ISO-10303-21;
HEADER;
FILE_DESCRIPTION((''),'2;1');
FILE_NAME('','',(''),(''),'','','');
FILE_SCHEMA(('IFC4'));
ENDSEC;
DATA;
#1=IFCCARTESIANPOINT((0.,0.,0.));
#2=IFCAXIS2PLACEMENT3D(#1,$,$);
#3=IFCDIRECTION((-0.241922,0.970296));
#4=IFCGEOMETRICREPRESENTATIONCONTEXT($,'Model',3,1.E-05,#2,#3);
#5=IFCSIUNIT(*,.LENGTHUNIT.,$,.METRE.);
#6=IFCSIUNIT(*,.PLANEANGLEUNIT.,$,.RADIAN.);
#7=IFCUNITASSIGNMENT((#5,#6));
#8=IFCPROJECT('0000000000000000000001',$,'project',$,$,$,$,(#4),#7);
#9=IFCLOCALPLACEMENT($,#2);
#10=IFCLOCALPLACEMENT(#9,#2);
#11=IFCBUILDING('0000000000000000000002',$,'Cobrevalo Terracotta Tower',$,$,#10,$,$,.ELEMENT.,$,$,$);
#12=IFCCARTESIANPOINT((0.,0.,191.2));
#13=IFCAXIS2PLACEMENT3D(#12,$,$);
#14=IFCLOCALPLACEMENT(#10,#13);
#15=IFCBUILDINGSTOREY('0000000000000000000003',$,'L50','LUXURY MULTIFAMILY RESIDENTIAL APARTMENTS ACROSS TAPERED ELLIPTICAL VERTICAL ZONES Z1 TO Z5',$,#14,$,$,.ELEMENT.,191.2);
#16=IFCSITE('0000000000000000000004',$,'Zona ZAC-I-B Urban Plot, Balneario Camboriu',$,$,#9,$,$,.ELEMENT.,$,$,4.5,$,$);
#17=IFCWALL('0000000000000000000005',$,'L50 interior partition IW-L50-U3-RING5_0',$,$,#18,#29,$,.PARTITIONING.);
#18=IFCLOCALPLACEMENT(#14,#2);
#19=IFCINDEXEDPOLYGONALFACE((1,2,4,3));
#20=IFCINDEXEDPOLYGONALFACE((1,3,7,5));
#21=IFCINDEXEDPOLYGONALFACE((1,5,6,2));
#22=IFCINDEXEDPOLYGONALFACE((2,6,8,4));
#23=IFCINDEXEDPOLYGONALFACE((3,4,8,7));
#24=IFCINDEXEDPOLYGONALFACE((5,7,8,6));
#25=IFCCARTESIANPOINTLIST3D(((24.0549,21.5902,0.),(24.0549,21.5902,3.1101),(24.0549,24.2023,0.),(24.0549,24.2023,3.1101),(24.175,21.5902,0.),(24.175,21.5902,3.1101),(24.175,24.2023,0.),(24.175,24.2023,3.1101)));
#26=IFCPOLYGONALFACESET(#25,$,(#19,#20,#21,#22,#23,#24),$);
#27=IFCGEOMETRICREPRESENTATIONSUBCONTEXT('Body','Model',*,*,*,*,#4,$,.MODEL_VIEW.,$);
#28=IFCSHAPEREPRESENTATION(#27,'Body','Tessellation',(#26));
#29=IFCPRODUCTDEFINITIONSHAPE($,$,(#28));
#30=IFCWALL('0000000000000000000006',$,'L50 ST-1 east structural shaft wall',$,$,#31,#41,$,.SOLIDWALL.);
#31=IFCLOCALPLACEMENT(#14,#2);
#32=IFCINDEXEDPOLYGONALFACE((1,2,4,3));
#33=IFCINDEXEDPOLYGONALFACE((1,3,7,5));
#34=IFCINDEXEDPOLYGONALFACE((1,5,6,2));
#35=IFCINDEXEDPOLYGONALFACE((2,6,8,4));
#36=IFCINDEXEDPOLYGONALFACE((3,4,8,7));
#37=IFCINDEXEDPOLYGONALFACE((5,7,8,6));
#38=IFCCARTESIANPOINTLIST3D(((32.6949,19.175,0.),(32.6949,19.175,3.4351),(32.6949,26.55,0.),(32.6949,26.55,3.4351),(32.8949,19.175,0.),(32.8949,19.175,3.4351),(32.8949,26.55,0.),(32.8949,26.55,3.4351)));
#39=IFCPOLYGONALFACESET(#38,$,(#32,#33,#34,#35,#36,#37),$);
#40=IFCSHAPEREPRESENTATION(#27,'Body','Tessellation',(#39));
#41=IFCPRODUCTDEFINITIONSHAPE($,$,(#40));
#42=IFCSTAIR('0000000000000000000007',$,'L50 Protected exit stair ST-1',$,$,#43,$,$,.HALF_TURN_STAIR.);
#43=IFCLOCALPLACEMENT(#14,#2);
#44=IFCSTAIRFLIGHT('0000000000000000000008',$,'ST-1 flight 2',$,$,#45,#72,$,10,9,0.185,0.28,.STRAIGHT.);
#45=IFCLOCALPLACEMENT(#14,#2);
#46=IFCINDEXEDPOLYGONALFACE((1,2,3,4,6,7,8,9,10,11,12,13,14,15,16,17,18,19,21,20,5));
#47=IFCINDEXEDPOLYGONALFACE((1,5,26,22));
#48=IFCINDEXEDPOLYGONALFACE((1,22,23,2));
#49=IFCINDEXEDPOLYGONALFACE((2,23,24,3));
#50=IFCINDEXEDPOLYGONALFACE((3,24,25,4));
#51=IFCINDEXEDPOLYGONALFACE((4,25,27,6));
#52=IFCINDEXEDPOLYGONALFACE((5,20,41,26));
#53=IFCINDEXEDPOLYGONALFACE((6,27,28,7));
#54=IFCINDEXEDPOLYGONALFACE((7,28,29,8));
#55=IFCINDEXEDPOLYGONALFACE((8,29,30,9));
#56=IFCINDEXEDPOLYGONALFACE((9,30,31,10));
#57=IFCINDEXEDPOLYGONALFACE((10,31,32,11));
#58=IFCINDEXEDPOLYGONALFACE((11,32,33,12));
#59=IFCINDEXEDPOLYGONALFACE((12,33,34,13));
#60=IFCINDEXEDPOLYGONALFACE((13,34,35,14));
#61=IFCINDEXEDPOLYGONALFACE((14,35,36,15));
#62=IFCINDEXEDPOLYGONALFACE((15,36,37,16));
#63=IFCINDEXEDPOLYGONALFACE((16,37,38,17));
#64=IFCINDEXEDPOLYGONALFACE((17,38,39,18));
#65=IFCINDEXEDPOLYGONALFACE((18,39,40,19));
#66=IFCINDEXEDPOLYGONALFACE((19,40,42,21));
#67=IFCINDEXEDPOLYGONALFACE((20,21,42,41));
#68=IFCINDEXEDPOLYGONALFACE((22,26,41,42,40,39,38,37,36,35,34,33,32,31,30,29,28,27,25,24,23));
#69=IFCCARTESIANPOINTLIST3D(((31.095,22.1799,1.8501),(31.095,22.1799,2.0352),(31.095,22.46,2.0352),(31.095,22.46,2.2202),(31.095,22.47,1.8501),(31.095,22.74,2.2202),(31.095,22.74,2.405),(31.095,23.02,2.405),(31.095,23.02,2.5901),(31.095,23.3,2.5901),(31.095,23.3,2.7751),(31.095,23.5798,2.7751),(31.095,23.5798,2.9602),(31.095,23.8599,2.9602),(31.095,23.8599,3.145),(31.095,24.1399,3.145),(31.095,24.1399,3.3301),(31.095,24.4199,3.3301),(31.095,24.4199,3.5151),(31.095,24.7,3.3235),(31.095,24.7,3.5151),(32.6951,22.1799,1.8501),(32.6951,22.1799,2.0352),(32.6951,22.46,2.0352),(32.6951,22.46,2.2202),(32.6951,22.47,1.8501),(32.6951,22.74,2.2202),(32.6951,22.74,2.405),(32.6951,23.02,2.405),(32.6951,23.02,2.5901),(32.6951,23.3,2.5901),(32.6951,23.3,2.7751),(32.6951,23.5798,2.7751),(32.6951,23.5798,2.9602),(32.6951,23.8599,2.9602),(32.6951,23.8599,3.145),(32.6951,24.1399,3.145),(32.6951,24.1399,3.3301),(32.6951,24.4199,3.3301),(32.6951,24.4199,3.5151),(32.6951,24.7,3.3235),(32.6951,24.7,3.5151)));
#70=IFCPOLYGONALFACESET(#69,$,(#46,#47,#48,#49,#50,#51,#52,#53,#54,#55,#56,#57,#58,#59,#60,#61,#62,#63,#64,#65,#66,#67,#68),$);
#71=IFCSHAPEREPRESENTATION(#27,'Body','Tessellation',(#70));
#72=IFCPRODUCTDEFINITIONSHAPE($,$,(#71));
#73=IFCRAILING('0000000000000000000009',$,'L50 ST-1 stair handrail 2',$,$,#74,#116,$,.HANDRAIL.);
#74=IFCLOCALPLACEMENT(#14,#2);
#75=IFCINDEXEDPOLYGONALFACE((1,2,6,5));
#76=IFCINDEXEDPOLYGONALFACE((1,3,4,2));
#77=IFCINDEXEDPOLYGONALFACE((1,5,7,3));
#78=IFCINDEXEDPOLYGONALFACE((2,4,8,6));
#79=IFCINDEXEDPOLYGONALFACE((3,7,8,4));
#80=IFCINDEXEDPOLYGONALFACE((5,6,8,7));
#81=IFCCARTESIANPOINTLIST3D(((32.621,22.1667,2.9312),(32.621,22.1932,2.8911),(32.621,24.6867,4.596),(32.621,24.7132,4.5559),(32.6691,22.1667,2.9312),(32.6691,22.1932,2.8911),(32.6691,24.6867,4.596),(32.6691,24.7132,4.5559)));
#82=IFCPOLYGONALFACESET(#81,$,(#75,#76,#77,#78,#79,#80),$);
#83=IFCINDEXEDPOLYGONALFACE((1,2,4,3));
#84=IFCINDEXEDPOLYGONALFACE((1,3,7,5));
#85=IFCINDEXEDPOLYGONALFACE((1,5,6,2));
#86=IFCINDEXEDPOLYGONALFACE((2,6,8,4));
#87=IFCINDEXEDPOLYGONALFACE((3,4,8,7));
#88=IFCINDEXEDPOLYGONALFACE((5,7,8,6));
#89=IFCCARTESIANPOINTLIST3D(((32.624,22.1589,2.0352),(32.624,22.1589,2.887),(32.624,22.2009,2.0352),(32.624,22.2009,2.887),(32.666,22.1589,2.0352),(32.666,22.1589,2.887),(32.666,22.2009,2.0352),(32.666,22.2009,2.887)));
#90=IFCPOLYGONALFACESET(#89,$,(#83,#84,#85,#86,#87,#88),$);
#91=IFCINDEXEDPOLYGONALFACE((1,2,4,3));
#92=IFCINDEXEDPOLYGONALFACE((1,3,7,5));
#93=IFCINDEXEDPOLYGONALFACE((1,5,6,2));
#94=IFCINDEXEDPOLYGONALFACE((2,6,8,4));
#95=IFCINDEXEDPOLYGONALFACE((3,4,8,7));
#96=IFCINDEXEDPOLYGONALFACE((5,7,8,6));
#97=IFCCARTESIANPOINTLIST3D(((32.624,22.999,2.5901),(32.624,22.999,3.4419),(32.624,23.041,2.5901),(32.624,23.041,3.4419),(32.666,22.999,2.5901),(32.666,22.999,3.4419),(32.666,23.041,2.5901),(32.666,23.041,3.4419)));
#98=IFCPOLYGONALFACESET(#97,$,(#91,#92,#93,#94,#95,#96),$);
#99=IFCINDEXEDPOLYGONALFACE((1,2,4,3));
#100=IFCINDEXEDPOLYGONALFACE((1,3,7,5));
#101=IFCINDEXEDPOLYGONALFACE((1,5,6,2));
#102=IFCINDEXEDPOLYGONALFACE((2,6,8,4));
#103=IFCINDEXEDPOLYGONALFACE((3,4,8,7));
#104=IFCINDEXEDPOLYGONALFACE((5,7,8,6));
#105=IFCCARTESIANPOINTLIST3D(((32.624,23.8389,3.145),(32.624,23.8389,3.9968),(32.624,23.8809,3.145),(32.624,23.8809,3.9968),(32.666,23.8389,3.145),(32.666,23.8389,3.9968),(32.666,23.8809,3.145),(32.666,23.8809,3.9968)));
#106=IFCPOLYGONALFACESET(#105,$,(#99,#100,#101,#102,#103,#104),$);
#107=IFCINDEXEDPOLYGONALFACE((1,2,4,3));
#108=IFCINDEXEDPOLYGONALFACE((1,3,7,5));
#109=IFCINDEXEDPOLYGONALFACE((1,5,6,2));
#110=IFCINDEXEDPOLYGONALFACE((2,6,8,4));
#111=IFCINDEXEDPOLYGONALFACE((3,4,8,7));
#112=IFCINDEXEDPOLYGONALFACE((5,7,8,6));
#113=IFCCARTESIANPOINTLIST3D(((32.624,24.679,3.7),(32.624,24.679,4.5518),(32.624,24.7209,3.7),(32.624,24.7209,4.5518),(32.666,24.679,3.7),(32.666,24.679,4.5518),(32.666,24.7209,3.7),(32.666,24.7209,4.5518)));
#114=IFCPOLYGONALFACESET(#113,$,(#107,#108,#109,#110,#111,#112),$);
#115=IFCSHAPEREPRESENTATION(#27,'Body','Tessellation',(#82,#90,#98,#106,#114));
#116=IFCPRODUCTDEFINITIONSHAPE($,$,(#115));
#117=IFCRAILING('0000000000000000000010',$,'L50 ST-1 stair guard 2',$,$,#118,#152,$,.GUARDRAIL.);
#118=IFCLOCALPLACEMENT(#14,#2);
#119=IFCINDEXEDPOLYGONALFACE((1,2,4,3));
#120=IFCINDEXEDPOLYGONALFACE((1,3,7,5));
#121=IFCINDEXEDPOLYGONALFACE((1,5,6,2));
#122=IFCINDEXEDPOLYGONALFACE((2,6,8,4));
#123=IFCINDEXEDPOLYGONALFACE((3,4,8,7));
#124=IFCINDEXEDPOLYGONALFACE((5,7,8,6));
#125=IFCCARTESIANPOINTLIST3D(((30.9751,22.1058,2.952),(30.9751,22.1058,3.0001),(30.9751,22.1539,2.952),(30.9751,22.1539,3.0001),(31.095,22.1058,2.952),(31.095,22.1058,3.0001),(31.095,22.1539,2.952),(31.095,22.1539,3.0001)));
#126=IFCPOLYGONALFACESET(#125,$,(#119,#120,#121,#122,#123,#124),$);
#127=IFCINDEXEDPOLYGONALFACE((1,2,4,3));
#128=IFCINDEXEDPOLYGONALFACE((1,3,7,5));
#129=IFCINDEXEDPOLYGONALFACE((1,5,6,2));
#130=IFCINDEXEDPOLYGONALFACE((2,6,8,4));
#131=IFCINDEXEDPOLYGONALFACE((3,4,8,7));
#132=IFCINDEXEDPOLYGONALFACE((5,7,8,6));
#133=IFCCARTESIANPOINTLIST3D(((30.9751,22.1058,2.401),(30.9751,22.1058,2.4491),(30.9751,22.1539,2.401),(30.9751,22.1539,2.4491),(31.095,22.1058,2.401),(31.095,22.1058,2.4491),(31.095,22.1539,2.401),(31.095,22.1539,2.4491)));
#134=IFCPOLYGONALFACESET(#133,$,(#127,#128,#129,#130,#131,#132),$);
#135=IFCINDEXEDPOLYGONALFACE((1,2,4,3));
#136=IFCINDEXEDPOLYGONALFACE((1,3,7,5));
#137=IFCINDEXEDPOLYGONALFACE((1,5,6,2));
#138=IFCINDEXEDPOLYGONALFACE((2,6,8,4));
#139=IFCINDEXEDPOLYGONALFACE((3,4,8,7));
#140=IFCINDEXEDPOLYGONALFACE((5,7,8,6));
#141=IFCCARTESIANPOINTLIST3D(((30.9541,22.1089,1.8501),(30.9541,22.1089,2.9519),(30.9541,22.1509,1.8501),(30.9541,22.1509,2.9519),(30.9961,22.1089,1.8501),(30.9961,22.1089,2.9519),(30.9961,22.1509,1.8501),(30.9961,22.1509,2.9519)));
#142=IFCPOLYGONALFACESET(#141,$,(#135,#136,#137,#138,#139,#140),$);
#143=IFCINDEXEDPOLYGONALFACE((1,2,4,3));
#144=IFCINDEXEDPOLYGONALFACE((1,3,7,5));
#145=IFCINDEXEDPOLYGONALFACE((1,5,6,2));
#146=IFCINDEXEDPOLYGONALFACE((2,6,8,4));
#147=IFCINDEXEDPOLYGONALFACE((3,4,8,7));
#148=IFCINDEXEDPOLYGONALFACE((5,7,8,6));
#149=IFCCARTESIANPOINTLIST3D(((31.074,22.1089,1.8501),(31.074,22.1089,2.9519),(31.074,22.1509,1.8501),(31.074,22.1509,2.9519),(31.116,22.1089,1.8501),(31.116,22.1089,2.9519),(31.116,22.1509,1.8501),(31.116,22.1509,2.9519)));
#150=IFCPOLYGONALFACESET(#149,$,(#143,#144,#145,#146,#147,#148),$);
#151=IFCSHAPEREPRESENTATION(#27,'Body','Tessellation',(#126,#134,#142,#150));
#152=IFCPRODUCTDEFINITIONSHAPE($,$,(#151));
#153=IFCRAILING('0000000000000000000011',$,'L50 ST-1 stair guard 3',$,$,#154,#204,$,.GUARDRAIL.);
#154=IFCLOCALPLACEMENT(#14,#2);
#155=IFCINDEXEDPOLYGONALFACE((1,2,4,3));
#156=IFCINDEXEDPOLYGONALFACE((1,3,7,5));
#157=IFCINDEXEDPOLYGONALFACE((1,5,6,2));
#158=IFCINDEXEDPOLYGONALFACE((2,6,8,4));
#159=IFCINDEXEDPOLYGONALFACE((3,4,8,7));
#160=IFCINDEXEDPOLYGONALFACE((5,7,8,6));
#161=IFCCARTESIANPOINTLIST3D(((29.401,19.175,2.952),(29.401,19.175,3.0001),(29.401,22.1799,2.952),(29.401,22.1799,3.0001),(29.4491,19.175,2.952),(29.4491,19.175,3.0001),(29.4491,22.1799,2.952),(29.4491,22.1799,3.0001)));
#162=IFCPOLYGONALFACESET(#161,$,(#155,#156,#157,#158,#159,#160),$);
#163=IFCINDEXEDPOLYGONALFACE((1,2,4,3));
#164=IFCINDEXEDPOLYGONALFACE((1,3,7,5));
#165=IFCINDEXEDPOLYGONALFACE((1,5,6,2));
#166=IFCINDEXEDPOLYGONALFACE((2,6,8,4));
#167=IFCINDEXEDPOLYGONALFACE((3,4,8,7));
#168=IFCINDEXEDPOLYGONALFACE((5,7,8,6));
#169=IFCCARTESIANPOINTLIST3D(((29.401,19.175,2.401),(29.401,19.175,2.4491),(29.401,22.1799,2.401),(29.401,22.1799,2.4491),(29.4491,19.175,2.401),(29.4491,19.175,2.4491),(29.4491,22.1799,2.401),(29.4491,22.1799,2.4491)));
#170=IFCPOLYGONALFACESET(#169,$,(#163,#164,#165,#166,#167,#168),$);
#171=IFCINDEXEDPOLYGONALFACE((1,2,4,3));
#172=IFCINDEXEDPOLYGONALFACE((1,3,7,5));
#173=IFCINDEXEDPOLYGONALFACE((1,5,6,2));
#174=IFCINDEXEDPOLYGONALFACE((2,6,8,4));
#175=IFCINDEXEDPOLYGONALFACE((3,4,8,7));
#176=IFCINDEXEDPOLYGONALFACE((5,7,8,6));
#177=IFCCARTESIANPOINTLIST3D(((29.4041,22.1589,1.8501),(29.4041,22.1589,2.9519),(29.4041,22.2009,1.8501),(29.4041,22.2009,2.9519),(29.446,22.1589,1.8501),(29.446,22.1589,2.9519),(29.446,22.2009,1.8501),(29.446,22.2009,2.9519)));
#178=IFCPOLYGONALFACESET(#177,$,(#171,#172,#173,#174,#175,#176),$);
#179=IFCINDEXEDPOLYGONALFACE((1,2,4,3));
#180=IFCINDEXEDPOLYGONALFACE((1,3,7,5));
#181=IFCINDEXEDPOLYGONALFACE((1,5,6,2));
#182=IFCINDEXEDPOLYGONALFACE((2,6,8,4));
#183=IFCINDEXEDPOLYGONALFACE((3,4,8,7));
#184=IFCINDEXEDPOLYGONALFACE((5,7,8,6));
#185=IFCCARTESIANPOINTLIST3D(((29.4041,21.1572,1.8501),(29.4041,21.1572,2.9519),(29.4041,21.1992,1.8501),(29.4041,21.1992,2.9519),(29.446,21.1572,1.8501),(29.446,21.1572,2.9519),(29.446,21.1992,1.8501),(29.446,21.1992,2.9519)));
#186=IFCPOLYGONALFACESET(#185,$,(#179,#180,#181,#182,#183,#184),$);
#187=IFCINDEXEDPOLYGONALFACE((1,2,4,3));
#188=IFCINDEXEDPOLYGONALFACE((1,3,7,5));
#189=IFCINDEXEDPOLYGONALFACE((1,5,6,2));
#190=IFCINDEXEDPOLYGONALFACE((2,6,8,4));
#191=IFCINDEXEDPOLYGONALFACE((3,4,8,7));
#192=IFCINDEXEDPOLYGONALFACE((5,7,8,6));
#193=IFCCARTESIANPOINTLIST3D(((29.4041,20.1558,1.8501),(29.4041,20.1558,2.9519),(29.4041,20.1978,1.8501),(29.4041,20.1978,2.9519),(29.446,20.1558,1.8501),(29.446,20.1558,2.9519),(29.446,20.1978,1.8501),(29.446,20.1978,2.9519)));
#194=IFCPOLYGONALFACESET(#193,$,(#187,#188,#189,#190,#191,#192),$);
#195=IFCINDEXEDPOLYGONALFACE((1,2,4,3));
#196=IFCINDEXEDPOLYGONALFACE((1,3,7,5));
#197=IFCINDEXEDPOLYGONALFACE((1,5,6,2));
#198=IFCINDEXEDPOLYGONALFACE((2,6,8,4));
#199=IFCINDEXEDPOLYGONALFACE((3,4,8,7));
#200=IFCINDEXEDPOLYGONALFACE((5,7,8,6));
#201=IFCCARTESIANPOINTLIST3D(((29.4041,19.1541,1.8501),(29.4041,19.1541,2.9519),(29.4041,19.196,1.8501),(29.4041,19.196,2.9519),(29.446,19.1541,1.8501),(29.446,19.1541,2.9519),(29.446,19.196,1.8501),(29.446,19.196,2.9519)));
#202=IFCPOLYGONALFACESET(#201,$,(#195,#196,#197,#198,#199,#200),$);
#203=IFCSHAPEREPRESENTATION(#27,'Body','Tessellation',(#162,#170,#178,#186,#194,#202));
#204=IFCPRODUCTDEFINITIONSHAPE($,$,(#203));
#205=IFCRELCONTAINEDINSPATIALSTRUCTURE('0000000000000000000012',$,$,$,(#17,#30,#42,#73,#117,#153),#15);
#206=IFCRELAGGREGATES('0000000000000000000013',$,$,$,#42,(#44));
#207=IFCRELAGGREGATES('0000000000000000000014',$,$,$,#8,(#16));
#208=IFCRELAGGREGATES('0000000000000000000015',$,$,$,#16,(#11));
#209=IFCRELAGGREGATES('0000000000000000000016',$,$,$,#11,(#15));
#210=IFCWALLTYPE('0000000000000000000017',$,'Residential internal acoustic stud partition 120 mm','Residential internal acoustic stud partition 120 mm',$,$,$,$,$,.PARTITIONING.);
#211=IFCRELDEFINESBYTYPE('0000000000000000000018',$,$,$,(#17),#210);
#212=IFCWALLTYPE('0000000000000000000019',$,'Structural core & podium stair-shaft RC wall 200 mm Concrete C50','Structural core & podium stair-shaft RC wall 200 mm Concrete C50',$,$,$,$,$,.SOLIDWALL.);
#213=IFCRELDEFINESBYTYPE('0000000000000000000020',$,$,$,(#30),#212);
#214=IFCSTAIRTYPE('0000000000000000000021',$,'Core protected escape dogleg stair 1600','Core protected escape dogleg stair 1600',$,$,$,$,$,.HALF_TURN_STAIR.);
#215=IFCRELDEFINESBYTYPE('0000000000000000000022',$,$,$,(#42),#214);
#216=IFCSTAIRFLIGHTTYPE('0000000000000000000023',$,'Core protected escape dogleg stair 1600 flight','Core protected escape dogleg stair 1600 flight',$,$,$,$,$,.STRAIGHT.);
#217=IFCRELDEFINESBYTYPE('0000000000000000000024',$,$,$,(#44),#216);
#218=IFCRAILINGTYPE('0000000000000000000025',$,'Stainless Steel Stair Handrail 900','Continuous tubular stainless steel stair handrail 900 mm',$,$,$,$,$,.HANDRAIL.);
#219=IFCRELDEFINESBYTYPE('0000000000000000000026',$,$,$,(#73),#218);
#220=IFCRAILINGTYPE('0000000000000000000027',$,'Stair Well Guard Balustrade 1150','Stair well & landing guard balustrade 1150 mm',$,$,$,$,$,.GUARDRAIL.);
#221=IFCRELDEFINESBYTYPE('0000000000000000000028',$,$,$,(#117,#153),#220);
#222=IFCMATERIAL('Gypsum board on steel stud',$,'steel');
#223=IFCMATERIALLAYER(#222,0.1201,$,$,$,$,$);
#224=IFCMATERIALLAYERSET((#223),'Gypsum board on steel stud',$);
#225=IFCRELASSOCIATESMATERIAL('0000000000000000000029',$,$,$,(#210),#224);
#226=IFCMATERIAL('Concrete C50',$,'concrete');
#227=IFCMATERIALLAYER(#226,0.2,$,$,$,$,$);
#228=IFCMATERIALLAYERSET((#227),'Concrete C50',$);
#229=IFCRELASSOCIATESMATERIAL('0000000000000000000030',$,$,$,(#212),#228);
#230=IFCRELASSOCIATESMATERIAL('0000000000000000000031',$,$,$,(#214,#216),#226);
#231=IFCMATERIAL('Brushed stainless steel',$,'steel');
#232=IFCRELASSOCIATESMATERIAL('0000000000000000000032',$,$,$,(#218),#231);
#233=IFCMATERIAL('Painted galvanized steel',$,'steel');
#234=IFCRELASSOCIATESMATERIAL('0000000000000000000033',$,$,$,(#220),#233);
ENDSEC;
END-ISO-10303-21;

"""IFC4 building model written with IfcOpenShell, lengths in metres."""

from ifc_helpers import new_model, si_unit, direction, frame, frame_2d, origin, origin_2d, place, context, subcontext, project, spatial, polyline, rectangle, outline, extrude, material, layer, layer_set, type_object, element, aggregate, save


model = new_model("IFC4")

# Units and contexts
model_context = context("Model", 3, precision=1e-05, world=origin(), true_north=direction((-0.241922, 0.970296)))
body_context = subcontext(model_context, "Body", "Model", "MODEL_VIEW")
ifc_project = project(units=[si_unit("LENGTHUNIT", "METRE"), si_unit("PLANEANGLEUNIT", "RADIAN")], contexts=[model_context])

# Site, building, storey
site_placement = place(None, origin())
site = spatial("IfcSite", under=ifc_project, at=site_placement, Name="Zona ZAC-I-B Urban Plot, Balneario Camboriu", CompositionType="ELEMENT", RefElevation=4.5)
building_placement = place(site_placement, origin())
building = spatial("IfcBuilding", under=site, at=building_placement, Name="Cobrevalo Terracotta Tower", CompositionType="ELEMENT")
storey_placement = place(building_placement, frame((0.0, 0.0, 191.2)))
storey = spatial("IfcBuildingStorey", under=building, at=storey_placement, Name="L50", Description="LUXURY MULTIFAMILY RESIDENTIAL APARTMENTS ACROSS TAPERED ELLIPTICAL VERTICAL ZONES Z1 TO Z5", CompositionType="ELEMENT", Elevation=191.2)

# Shared definitions
ifc_material_1 = material(Name="Gypsum board on steel stud", Category="steel")
ifc_layer_1 = layer(ifc_material_1, 0.1201)
ifc_layer_set_1 = layer_set([ifc_layer_1], Name="Gypsum board on steel stud")
wall_type_1 = type_object("IfcWallType", Name="Residential internal acoustic stud partition 120 mm", Description="Residential internal acoustic stud partition 120 mm", PredefinedType="PARTITIONING", material=ifc_layer_set_1)

# Wall
wall_1_placement = place(storey_placement, frame((24.115, 21.5901, 0.0), z_axis=(0.0, 0.0, 1.0), x_axis=(0.0, 1.0, 0.0)))
element("IfcWall", 1, at=wall_1_placement, inside=storey, type_object=wall_type_1, Name="L50 interior partition IW-L50-U3-RING5_0", PredefinedType="PARTITIONING", context=body_context, shape_type="SweptSolid", body=[
    extrude(rectangle(XDim=2.6121, YDim=0.1201, at=frame_2d((1.3062, 0.0))), origin(), (0.0, 0.0, 1.0), 3.1101),
])

# Wall
ifc_material_2 = material(Name="Concrete C50", Category="concrete")
ifc_layer_2 = layer(ifc_material_2, 0.2)
ifc_layer_set_2 = layer_set([ifc_layer_2], Name="Concrete C50")
wall_type_2 = type_object("IfcWallType", Name="Structural core & podium stair-shaft RC wall 200 mm Concrete C50", Description="Structural core & podium stair-shaft RC wall 200 mm Concrete C50", PredefinedType="SOLIDWALL", material=ifc_layer_set_2)
wall_2_placement = place(storey_placement, frame((32.7949, 19.175, 0.0), z_axis=(0.0, 0.0, 1.0), x_axis=(0.0, 1.0, 0.0)))
element("IfcWall", 2, at=wall_2_placement, inside=storey, type_object=wall_type_2, Name="L50 ST-1 east structural shaft wall", PredefinedType="SOLIDWALL", context=body_context, shape_type="SweptSolid", body=[
    extrude(rectangle(XDim=7.375, YDim=0.2, at=frame_2d((3.6875, 0.0))), origin(), (0.0, 0.0, 1.0), 3.4351),
])

# Stair, stair flight
stair_type = type_object("IfcStairType", Name="Core protected escape dogleg stair 1600", Description="Core protected escape dogleg stair 1600", PredefinedType="HALF_TURN_STAIR", material=ifc_material_2)
stair_placement = place(storey_placement, origin())
stair = element("IfcStair", 3, at=stair_placement, inside=storey, type_object=stair_type, Name="L50 Protected exit stair ST-1", PredefinedType="HALF_TURN_STAIR")
stair_flight_type = type_object("IfcStairFlightType", Name="Core protected escape dogleg stair 1600 flight", Description="Core protected escape dogleg stair 1600 flight", PredefinedType="STRAIGHT", material=ifc_material_2)
stair_flight_placement = place(storey_placement, frame((31.895, 22.1799, 1.8501), z_axis=(0.0, 0.0, 1.0), x_axis=(0.0, 1.0, 0.0)))
stair_flight = element("IfcStairFlight", 4, at=stair_flight_placement, type_object=stair_flight_type, Name="ST-1 flight 2", NumberOfRisers=10, NumberOfTreads=9, PredefinedType="STRAIGHT", RiserHeight=0.185, TreadLength=0.28, context=body_context, shape_type="SweptSolid", body=[
    extrude(outline(polyline([(0.0, 0.0), (0.0, 0.1851), (0.28, 0.1851), (0.28, 0.3701), (0.5601, 0.3701), (0.5601, 0.5549), (0.8401, 0.5549), (0.8401, 0.74), (1.1201, 0.74), (1.1201, 0.925), (1.3999, 0.925), (1.3999, 1.1101), (1.6799, 1.1101), (1.6799, 1.2949), (1.96, 1.2949), (1.96, 1.48), (2.24, 1.48), (2.24, 1.665), (2.52, 1.665), (2.52, 1.8501), (2.52, 1.4734), (0.29, 0.0), (0.0, 0.0)])), frame((0.0, 0.8, 0.0), z_axis=(0.0, -1.0, 0.0), x_axis=(1.0, 0.0, 0.0)), (0.0, 0.0, 1.0), 1.6001),
])
aggregate(stair, [stair_flight])

# Railings
ifc_material_3 = material(Name="Brushed stainless steel", Category="steel")
railing_type_1 = type_object("IfcRailingType", Name="Stainless Steel Stair Handrail 900", Description="Continuous tubular stainless steel stair handrail 900 mm", PredefinedType="HANDRAIL", material=ifc_material_3)
railing_1_placement = place(storey_placement, frame((32.645, 22.1799, 2.0352)))
element("IfcRailing", 5, at=railing_1_placement, inside=storey, type_object=railing_type_1, Name="L50 ST-1 stair handrail 2", PredefinedType="HANDRAIL", context=body_context, shape_type="SweptSolid", body=[
    extrude(rectangle(XDim=0.0481, YDim=0.0481, at=origin_2d()), frame((0.0, 0.0, 0.876), z_axis=(0.0, 0.834369, 0.551207), x_axis=(-1.0, 0.0, 0.0)), (0.0, 0.0, 1.0), 3.0203),
    extrude(rectangle(XDim=0.042, YDim=0.042, at=origin_2d()), origin(), (0.0, 0.0, 1.0), 0.8518),
    extrude(rectangle(XDim=0.042, YDim=0.042, at=origin_2d()), frame((0.0, 0.8401, 0.5549)), (0.0, 0.0, 1.0), 0.8518),
    extrude(rectangle(XDim=0.042, YDim=0.042, at=origin_2d()), frame((0.0, 1.6799, 1.1099)), (0.0, 0.0, 1.0), 0.8518),
    extrude(rectangle(XDim=0.042, YDim=0.042, at=origin_2d()), frame((0.0, 2.52, 1.6648)), (0.0, 0.0, 1.0), 0.8518),
])
ifc_material_4 = material(Name="Painted galvanized steel", Category="steel")
railing_type_2 = type_object("IfcRailingType", Name="Stair Well Guard Balustrade 1150", Description="Stair well & landing guard balustrade 1150 mm", PredefinedType="GUARDRAIL", material=ifc_material_4)
railing_2_placement = place(storey_placement, frame((30.9751, 22.1299, 1.8501)))
element("IfcRailing", 6, at=railing_2_placement, inside=storey, type_object=railing_type_2, Name="L50 ST-1 stair guard 2", PredefinedType="GUARDRAIL", context=body_context, shape_type="SweptSolid", body=[
    extrude(rectangle(XDim=0.0481, YDim=0.0481, at=origin_2d()), frame((0.0, 0.0, 1.126), z_axis=(1.0, 0.0, 0.0), x_axis=(0.0, 1.0, 0.0)), (0.0, 0.0, 1.0), 0.1199),
    extrude(rectangle(XDim=0.0481, YDim=0.0481, at=origin_2d()), frame((0.0, 0.0, 0.575), z_axis=(1.0, 0.0, 0.0), x_axis=(0.0, 1.0, 0.0)), (0.0, 0.0, 1.0), 0.1199),
    extrude(rectangle(XDim=0.042, YDim=0.042, at=origin_2d()), origin(), (0.0, 0.0, 1.0), 1.1018),
    extrude(rectangle(XDim=0.042, YDim=0.042, at=origin_2d()), frame((0.1199, 0.0, 0.0)), (0.0, 0.0, 1.0), 1.1018),
])
for number, where, name in (
    (7, (29.425, 22.1799, 1.8501), "L50 ST-1 stair guard 3"),
):
    element("IfcRailing", number, at=place(storey_placement, frame(where)), inside=storey, type_object=railing_type_2, Name=name, PredefinedType="GUARDRAIL", context=body_context, shape_type="SweptSolid", body=[
        extrude(rectangle(XDim=0.0481, YDim=0.0481, at=origin_2d()), frame((0.0, 0.0, 1.126), z_axis=(0.0, -1.0, 0.0), x_axis=(1.0, 0.0, 0.0)), (0.0, 0.0, 1.0), 3.0049),
        extrude(rectangle(XDim=0.0481, YDim=0.0481, at=origin_2d()), frame((0.0, 0.0, 0.575), z_axis=(0.0, -1.0, 0.0), x_axis=(1.0, 0.0, 0.0)), (0.0, 0.0, 1.0), 3.0049),
        extrude(rectangle(XDim=0.042, YDim=0.042, at=origin_2d()), origin(), (0.0, 0.0, 1.0), 1.1018),
        extrude(rectangle(XDim=0.042, YDim=0.042, at=origin_2d()), frame((0.0, -1.0017, 0.0)), (0.0, 0.0, 1.0), 1.1018),
        extrude(rectangle(XDim=0.042, YDim=0.042, at=origin_2d()), frame((0.0, -2.0032, 0.0)), (0.0, 0.0, 1.0), 1.1018),
        extrude(rectangle(XDim=0.042, YDim=0.042, at=origin_2d()), frame((0.0, -3.0049, 0.0)), (0.0, 0.0, 1.0), 1.1018),
    ])

save(model, "model.ifc")
